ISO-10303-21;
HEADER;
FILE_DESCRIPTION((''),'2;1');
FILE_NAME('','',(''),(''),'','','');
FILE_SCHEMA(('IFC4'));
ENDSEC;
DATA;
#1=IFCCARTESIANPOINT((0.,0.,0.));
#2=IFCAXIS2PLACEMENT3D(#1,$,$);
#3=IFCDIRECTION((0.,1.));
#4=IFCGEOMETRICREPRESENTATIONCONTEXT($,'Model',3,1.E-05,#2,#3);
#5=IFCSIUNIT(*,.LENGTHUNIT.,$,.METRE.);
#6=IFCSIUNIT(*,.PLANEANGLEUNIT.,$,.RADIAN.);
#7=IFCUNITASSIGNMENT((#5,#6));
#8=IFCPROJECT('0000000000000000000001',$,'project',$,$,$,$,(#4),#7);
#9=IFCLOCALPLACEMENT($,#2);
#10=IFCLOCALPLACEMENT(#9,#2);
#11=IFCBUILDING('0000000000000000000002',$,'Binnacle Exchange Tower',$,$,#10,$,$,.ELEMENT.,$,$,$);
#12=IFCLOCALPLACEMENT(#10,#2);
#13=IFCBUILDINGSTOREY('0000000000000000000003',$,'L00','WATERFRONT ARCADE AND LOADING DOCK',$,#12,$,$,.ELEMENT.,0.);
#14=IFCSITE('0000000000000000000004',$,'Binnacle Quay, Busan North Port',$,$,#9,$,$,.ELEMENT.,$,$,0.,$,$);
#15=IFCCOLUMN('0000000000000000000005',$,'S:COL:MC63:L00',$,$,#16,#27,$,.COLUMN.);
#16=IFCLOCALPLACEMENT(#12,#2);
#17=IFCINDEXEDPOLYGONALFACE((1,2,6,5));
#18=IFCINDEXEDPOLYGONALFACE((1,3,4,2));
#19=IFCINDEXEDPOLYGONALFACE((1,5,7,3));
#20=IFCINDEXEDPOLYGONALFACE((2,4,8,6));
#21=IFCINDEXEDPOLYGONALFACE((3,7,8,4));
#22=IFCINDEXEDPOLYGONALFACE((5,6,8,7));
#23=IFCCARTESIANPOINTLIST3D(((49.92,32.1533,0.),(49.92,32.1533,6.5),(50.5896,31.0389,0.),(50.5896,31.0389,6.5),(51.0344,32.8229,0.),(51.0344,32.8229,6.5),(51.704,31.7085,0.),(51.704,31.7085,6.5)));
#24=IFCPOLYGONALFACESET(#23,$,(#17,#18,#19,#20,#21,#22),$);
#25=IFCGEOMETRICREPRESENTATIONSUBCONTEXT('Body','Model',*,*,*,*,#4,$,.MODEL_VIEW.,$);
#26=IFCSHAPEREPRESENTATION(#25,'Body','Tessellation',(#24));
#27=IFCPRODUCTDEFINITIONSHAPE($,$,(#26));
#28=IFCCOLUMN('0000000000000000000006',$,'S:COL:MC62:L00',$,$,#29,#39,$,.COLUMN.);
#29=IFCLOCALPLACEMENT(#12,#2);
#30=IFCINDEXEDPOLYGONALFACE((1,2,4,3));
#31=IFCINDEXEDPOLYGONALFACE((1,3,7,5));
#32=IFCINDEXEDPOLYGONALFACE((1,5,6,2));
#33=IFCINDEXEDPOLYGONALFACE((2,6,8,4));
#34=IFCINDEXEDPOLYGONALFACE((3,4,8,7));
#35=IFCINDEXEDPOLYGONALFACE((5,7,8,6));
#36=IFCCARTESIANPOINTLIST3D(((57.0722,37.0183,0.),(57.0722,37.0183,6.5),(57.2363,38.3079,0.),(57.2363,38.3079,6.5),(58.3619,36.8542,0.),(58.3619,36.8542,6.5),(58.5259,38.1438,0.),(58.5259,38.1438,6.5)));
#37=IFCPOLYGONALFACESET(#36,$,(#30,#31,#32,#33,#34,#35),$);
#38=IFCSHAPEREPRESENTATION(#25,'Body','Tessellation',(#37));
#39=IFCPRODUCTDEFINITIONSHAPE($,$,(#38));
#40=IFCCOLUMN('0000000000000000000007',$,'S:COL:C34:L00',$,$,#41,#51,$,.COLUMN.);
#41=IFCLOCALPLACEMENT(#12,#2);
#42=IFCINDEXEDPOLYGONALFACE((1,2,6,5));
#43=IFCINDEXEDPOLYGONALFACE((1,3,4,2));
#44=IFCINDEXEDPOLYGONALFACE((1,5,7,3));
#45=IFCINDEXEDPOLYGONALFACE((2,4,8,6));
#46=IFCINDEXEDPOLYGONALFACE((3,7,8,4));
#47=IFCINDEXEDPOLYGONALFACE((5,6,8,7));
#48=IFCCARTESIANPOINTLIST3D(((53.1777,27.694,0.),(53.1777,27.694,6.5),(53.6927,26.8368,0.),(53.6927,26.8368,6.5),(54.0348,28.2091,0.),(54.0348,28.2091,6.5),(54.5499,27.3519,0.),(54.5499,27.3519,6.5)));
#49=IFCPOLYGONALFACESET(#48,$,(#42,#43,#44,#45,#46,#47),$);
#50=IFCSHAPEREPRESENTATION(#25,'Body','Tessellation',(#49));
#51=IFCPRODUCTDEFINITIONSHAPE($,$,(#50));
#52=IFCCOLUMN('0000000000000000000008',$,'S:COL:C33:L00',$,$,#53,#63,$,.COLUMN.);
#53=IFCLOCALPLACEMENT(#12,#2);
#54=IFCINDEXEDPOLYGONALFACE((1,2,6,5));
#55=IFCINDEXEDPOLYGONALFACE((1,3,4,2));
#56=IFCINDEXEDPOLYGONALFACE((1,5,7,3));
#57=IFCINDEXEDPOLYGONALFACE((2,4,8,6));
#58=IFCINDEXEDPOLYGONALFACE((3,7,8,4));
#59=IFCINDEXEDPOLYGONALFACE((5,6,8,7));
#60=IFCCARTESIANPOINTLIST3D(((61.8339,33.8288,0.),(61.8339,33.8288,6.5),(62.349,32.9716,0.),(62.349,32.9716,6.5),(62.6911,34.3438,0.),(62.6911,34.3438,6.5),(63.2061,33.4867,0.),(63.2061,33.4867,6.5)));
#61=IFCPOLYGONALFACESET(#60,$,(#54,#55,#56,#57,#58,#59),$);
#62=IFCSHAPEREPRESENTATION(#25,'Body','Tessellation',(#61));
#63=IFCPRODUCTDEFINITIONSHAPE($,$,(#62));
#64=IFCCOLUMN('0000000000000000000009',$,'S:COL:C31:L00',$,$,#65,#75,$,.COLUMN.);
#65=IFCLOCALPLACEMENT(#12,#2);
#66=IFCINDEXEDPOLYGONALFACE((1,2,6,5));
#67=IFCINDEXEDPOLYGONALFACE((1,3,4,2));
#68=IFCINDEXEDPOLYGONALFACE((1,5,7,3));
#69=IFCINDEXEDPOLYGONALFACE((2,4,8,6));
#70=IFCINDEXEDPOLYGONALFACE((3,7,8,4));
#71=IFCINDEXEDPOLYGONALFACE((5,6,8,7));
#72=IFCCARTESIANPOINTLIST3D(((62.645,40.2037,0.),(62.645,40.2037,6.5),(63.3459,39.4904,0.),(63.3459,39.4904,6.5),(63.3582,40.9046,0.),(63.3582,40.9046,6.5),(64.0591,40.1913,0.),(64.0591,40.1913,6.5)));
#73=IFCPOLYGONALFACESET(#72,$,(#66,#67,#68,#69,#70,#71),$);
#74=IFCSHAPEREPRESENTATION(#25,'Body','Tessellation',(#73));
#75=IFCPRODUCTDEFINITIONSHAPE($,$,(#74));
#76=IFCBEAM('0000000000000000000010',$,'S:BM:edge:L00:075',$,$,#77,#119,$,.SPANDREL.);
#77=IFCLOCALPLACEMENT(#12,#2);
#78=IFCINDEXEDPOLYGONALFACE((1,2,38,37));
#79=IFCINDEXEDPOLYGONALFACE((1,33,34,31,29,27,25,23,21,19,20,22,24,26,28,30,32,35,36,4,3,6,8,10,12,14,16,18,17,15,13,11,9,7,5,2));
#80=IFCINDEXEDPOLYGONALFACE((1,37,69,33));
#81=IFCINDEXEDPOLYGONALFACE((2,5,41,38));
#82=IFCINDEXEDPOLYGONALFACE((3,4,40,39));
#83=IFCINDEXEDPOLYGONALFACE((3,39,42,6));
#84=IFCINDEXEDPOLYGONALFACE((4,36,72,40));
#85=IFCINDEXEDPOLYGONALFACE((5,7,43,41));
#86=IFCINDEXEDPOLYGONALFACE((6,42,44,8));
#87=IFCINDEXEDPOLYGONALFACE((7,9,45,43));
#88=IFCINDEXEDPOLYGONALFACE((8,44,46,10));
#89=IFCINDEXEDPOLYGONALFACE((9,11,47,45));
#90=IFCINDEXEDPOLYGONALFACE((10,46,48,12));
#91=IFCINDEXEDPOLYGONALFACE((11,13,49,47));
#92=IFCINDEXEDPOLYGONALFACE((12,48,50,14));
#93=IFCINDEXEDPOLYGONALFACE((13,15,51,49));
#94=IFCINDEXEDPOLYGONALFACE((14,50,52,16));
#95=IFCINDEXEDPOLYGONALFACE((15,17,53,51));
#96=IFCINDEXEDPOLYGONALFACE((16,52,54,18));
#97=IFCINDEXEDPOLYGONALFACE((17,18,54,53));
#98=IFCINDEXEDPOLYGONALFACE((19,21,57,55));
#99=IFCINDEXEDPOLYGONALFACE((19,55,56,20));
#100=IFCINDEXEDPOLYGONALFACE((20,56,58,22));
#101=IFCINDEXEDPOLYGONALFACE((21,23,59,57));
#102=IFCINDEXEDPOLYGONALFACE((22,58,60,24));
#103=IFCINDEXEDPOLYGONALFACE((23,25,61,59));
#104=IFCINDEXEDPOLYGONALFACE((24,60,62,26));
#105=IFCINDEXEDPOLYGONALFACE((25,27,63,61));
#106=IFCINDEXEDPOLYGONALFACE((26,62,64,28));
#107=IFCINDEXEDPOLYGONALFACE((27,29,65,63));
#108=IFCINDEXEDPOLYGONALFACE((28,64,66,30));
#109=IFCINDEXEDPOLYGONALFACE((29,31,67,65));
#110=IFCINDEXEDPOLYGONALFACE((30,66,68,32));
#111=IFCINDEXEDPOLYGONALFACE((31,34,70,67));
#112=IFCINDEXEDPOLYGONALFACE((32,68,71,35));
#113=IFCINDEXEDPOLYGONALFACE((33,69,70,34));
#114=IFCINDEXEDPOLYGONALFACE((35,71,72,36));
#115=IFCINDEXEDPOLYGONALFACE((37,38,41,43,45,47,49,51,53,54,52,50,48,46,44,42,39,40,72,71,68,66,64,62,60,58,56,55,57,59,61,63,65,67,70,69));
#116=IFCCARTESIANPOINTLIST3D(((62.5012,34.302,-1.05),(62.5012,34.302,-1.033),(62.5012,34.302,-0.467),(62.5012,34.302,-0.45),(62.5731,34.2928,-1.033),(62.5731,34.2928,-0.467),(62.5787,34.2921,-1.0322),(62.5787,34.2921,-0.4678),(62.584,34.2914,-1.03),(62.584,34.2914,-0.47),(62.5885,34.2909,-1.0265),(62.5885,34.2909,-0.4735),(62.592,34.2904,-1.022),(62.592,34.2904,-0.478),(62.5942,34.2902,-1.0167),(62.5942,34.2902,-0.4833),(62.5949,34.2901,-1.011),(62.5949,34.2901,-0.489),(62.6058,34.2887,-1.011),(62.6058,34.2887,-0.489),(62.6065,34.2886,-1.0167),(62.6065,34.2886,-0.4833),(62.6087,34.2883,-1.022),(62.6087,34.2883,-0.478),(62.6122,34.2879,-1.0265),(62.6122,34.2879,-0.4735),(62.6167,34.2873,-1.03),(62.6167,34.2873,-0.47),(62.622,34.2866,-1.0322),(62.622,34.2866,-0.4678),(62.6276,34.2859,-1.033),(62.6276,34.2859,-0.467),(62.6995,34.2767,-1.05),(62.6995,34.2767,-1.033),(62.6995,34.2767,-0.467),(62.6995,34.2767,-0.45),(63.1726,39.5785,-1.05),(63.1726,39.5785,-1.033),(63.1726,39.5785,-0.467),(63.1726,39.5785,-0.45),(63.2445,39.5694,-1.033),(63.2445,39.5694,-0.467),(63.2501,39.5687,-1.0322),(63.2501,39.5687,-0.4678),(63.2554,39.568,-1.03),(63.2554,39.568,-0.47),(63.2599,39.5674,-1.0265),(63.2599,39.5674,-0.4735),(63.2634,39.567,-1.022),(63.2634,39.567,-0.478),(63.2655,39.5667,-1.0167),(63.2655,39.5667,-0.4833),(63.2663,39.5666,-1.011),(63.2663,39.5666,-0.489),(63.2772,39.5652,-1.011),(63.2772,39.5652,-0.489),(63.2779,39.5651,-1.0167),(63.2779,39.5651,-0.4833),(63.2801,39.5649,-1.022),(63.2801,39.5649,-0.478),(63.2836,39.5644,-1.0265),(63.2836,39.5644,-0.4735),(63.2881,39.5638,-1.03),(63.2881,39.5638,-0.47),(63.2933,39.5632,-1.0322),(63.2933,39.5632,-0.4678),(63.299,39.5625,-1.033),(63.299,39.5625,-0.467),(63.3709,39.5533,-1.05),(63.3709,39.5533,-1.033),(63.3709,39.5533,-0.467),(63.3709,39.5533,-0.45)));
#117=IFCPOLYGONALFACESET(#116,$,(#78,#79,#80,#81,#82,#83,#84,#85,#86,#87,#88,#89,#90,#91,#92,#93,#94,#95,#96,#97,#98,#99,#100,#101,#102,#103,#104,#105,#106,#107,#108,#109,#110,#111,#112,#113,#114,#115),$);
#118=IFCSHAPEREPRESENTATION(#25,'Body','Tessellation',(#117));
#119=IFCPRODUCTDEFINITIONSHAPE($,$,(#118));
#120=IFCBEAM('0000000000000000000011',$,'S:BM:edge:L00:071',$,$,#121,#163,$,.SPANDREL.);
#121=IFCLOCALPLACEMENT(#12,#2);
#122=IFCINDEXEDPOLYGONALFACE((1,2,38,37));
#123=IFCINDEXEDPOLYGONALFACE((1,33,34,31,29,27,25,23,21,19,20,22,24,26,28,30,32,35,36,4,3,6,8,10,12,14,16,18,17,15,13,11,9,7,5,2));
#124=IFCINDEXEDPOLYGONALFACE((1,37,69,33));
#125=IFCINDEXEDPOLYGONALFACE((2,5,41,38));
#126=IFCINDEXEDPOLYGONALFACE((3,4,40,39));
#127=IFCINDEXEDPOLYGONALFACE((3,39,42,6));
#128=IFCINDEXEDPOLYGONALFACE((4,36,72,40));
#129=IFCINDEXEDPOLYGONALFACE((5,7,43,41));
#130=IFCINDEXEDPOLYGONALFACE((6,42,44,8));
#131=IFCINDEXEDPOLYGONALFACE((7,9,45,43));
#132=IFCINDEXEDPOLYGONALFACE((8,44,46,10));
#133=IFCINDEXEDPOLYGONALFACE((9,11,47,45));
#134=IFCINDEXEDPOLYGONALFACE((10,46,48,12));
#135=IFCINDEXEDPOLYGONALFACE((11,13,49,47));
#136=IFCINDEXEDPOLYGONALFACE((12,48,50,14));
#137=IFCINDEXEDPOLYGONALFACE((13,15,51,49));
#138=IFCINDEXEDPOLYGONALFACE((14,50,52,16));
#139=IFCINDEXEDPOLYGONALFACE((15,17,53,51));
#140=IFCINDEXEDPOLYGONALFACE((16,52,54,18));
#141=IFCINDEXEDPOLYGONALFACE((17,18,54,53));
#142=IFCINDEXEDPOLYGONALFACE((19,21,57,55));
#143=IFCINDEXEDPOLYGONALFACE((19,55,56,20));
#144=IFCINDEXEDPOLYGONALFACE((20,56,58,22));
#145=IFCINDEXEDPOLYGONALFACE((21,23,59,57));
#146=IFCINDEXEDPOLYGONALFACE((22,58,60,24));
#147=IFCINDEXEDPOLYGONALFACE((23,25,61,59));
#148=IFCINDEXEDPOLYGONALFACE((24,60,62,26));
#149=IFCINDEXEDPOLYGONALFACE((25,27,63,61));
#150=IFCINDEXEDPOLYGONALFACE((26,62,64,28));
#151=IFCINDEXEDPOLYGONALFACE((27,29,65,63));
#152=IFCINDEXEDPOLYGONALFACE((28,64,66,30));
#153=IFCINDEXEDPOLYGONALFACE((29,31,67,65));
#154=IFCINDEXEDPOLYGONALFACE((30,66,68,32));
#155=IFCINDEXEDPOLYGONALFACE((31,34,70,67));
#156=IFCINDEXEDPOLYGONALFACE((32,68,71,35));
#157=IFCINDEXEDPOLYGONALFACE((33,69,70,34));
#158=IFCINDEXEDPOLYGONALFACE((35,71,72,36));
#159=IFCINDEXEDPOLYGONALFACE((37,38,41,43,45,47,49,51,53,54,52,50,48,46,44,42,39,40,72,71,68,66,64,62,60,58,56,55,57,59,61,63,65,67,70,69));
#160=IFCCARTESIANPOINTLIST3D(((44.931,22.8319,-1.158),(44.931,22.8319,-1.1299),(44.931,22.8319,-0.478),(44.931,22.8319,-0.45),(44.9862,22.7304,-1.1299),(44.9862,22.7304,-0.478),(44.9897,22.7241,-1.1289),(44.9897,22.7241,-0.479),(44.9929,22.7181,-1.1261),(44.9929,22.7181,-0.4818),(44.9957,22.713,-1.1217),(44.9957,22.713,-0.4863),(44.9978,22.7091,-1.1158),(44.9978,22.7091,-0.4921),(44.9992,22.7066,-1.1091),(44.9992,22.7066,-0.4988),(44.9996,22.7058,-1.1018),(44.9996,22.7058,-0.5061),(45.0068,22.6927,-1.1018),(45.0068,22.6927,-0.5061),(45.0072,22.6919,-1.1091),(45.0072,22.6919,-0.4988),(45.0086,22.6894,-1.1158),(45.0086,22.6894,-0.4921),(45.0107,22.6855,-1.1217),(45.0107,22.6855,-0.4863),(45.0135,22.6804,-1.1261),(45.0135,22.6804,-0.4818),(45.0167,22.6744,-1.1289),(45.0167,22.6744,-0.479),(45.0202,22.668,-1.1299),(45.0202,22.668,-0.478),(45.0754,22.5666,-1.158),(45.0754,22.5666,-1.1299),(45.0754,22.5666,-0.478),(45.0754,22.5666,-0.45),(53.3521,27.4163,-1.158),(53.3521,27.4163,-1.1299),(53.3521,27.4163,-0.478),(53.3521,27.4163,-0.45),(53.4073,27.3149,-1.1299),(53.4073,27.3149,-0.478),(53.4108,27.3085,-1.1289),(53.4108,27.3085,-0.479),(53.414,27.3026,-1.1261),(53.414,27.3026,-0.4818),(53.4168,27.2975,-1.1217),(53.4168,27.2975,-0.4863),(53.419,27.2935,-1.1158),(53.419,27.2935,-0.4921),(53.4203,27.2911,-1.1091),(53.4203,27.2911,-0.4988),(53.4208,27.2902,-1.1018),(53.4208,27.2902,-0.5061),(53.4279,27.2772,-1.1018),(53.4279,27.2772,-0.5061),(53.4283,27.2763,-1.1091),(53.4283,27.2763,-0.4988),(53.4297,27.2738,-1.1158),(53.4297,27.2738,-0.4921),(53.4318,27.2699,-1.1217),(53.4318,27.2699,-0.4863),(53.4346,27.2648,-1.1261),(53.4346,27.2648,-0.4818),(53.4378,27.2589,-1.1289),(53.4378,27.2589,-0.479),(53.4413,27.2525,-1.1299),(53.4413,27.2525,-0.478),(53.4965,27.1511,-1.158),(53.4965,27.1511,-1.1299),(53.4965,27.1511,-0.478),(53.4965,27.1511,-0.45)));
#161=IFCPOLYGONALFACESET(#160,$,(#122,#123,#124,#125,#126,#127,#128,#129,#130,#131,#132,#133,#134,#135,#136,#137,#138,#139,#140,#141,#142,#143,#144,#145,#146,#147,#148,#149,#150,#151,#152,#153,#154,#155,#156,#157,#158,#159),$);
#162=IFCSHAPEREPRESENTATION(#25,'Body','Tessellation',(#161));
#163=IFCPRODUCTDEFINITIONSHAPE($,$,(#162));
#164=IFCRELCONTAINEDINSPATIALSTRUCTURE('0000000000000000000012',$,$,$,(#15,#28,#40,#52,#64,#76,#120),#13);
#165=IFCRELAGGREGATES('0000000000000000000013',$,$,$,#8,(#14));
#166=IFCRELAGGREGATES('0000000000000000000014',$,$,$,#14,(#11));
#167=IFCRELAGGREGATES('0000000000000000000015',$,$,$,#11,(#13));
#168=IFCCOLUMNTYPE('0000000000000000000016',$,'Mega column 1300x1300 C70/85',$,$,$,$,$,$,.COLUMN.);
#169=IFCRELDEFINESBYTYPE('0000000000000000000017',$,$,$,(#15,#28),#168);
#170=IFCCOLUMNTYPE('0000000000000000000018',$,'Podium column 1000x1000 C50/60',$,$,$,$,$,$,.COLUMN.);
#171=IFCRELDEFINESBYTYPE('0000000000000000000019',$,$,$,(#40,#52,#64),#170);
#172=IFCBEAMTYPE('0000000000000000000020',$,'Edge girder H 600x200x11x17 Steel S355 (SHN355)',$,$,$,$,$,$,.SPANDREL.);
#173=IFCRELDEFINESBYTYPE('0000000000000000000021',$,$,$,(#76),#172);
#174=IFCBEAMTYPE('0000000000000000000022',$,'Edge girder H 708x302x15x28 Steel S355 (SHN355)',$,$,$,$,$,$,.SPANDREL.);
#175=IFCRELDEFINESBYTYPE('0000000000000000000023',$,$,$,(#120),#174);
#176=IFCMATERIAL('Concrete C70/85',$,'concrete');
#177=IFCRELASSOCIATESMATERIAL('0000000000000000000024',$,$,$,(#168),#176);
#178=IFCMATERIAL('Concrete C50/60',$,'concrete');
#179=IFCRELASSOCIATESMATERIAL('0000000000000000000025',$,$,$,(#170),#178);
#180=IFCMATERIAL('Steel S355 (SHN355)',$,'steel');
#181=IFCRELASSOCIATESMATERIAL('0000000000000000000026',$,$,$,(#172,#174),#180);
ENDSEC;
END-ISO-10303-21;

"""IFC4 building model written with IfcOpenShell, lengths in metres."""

from ifc_helpers import new_model, si_unit, direction, frame, origin, origin_2d, place, context, subcontext, project, spatial, rectangle, i_section, extrude, material, material_profile, profile_set, type_object, element, save


model = new_model("IFC4")

# Units and contexts
model_context = context("Model", 3, precision=1e-05, world=origin(), true_north=direction((0.0, 1.0)))
body_context = subcontext(model_context, "Body", "Model", "MODEL_VIEW")
ifc_project = project(units=[si_unit("LENGTHUNIT", "METRE"), si_unit("PLANEANGLEUNIT", "RADIAN")], contexts=[model_context])

# Site, building, storey
site_placement = place(None, origin())
site = spatial("IfcSite", under=ifc_project, at=site_placement, Name="Binnacle Quay, Busan North Port", CompositionType="ELEMENT", RefElevation=0.0)
building_placement = place(site_placement, origin())
building = spatial("IfcBuilding", under=site, at=building_placement, Name="Binnacle Exchange Tower", CompositionType="ELEMENT")
storey_placement = place(building_placement, origin())
storey = spatial("IfcBuildingStorey", under=building, at=storey_placement, Name="L00", Description="WATERFRONT ARCADE AND LOADING DOCK", CompositionType="ELEMENT", Elevation=0.0)

# Columns
ifc_material_1 = material(Name="Concrete C70/85", Category="concrete")
ifc_material_profile_1 = material_profile(ifc_material_1, rectangle(XDim=1.3, YDim=1.3, at=origin_2d()), Name="Mega column 1300x1300 C70/85")
ifc_profile_set_1 = profile_set([ifc_material_profile_1], Name="Concrete C70/85")
column_type_1 = type_object("IfcColumnType", Name="Mega column 1300x1300 C70/85", PredefinedType="COLUMN", material=ifc_profile_set_1)
for number, where, z_axis, x_axis, name in (
    (1, (50.812, 31.9309, 0.0), (0.0, 0.0, 1.0), (0.857167, 0.515038, 0.0), "S:COL:MC63:L00"),
    (2, (57.7991, 37.5811, 0.0), (0.0, 0.0, 1.0), (0.126199, 0.992005, 0.0), "S:COL:MC62:L00"),
):
    element("IfcColumn", number, at=place(storey_placement, frame(where, z_axis=z_axis, x_axis=x_axis)), inside=storey, type_object=column_type_1, Name=name, PredefinedType="COLUMN", context=body_context, shape_type="SweptSolid", body=[
        extrude(rectangle(XDim=1.3, YDim=1.3, at=origin_2d()), origin(), (0.0, 0.0, 1.0), 6.5),
    ])
ifc_material_2 = material(Name="Concrete C50/60", Category="concrete")
ifc_material_profile_2 = material_profile(ifc_material_2, rectangle(XDim=1.0, YDim=1.0, at=origin_2d()), Name="Podium column 1000x1000 C50/60")
ifc_profile_set_2 = profile_set([ifc_material_profile_2], Name="Concrete C50/60")
column_type_2 = type_object("IfcColumnType", Name="Podium column 1000x1000 C50/60", PredefinedType="COLUMN", material=ifc_profile_set_2)
for number, where, z_axis, x_axis, name in (
    (3, (53.8638, 27.5229, 0.0), (0.0, 0.0, 1.0), (0.857167, 0.515038, 0.0), "S:COL:C34:L00"),
    (4, (62.52, 33.6577, 0.0), (0.0, 0.0, 1.0), (0.857167, 0.515038, 0.0), "S:COL:C33:L00"),
    (5, (63.3521, 40.1975, 0.0), (0.0, 0.0, 1.0), (-0.700909, 0.71325, 0.0), "S:COL:C31:L00"),
):
    element("IfcColumn", number, at=place(storey_placement, frame(where, z_axis=z_axis, x_axis=x_axis)), inside=storey, type_object=column_type_2, Name=name, PredefinedType="COLUMN", context=body_context, shape_type="SweptSolid", body=[
        extrude(rectangle(XDim=1.0, YDim=1.0, at=origin_2d()), origin(), (0.0, 0.0, 1.0), 6.5),
    ])

# Beams
ifc_material_3 = material(Name="Steel S355 (SHN355)", Category="steel")
ifc_material_profile_3 = material_profile(ifc_material_3, i_section(OverallWidth=0.2, OverallDepth=0.6001, WebThickness=0.011, FlangeThickness=0.0171, FilletRadius=0.022, at=origin_2d()), Name="H 600x200x11x17")
ifc_profile_set_3 = profile_set([ifc_material_profile_3], Name="Steel S355 (SHN355)")
beam_type_1 = type_object("IfcBeamType", Name="Edge girder H 600x200x11x17 Steel S355 (SHN355)", PredefinedType="SPANDREL", material=ifc_profile_set_3)
beam_1_placement = place(storey_placement, frame((63.2717, 39.5659, -0.75), z_axis=(-0.126221, -0.992002, 0.0), x_axis=(0.992002, -0.126221, 0.0)))
element("IfcBeam", 6, at=beam_1_placement, inside=storey, type_object=beam_type_1, Name="S:BM:edge:L00:075", PredefinedType="SPANDREL", context=body_context, shape_type="SweptSolid", body=[
    extrude(i_section(OverallWidth=0.2, OverallDepth=0.6001, WebThickness=0.011, FlangeThickness=0.0171, FilletRadius=0.022, at=origin_2d()), origin(), (0.0, 0.0, 1.0), 5.3191),
])
ifc_material_profile_4 = material_profile(ifc_material_3, i_section(OverallWidth=0.302, OverallDepth=0.708, WebThickness=0.0149, FlangeThickness=0.0281, FilletRadius=0.0281, at=origin_2d()), Name="H 708x302x15x28")
ifc_profile_set_4 = profile_set([ifc_material_profile_4], Name="Steel S355 (SHN355)")
beam_type_2 = type_object("IfcBeamType", Name="Edge girder H 708x302x15x28 Steel S355 (SHN355)", PredefinedType="SPANDREL", material=ifc_profile_set_4)
beam_2_placement = place(storey_placement, frame((53.4243, 27.2837, -0.804), z_axis=(-0.878285, -0.478138, 0.0), x_axis=(0.478138, -0.878285, 0.0)))
element("IfcBeam", 7, at=beam_2_placement, inside=storey, type_object=beam_type_2, Name="S:BM:edge:L00:071", PredefinedType="SPANDREL", context=body_context, shape_type="SweptSolid", body=[
    extrude(i_section(OverallWidth=0.302, OverallDepth=0.708, WebThickness=0.0149, FlangeThickness=0.0281, FilletRadius=0.0281, at=origin_2d()), origin(), (0.0, 0.0, 1.0), 9.5881),
])

save(model, "model.ifc")
